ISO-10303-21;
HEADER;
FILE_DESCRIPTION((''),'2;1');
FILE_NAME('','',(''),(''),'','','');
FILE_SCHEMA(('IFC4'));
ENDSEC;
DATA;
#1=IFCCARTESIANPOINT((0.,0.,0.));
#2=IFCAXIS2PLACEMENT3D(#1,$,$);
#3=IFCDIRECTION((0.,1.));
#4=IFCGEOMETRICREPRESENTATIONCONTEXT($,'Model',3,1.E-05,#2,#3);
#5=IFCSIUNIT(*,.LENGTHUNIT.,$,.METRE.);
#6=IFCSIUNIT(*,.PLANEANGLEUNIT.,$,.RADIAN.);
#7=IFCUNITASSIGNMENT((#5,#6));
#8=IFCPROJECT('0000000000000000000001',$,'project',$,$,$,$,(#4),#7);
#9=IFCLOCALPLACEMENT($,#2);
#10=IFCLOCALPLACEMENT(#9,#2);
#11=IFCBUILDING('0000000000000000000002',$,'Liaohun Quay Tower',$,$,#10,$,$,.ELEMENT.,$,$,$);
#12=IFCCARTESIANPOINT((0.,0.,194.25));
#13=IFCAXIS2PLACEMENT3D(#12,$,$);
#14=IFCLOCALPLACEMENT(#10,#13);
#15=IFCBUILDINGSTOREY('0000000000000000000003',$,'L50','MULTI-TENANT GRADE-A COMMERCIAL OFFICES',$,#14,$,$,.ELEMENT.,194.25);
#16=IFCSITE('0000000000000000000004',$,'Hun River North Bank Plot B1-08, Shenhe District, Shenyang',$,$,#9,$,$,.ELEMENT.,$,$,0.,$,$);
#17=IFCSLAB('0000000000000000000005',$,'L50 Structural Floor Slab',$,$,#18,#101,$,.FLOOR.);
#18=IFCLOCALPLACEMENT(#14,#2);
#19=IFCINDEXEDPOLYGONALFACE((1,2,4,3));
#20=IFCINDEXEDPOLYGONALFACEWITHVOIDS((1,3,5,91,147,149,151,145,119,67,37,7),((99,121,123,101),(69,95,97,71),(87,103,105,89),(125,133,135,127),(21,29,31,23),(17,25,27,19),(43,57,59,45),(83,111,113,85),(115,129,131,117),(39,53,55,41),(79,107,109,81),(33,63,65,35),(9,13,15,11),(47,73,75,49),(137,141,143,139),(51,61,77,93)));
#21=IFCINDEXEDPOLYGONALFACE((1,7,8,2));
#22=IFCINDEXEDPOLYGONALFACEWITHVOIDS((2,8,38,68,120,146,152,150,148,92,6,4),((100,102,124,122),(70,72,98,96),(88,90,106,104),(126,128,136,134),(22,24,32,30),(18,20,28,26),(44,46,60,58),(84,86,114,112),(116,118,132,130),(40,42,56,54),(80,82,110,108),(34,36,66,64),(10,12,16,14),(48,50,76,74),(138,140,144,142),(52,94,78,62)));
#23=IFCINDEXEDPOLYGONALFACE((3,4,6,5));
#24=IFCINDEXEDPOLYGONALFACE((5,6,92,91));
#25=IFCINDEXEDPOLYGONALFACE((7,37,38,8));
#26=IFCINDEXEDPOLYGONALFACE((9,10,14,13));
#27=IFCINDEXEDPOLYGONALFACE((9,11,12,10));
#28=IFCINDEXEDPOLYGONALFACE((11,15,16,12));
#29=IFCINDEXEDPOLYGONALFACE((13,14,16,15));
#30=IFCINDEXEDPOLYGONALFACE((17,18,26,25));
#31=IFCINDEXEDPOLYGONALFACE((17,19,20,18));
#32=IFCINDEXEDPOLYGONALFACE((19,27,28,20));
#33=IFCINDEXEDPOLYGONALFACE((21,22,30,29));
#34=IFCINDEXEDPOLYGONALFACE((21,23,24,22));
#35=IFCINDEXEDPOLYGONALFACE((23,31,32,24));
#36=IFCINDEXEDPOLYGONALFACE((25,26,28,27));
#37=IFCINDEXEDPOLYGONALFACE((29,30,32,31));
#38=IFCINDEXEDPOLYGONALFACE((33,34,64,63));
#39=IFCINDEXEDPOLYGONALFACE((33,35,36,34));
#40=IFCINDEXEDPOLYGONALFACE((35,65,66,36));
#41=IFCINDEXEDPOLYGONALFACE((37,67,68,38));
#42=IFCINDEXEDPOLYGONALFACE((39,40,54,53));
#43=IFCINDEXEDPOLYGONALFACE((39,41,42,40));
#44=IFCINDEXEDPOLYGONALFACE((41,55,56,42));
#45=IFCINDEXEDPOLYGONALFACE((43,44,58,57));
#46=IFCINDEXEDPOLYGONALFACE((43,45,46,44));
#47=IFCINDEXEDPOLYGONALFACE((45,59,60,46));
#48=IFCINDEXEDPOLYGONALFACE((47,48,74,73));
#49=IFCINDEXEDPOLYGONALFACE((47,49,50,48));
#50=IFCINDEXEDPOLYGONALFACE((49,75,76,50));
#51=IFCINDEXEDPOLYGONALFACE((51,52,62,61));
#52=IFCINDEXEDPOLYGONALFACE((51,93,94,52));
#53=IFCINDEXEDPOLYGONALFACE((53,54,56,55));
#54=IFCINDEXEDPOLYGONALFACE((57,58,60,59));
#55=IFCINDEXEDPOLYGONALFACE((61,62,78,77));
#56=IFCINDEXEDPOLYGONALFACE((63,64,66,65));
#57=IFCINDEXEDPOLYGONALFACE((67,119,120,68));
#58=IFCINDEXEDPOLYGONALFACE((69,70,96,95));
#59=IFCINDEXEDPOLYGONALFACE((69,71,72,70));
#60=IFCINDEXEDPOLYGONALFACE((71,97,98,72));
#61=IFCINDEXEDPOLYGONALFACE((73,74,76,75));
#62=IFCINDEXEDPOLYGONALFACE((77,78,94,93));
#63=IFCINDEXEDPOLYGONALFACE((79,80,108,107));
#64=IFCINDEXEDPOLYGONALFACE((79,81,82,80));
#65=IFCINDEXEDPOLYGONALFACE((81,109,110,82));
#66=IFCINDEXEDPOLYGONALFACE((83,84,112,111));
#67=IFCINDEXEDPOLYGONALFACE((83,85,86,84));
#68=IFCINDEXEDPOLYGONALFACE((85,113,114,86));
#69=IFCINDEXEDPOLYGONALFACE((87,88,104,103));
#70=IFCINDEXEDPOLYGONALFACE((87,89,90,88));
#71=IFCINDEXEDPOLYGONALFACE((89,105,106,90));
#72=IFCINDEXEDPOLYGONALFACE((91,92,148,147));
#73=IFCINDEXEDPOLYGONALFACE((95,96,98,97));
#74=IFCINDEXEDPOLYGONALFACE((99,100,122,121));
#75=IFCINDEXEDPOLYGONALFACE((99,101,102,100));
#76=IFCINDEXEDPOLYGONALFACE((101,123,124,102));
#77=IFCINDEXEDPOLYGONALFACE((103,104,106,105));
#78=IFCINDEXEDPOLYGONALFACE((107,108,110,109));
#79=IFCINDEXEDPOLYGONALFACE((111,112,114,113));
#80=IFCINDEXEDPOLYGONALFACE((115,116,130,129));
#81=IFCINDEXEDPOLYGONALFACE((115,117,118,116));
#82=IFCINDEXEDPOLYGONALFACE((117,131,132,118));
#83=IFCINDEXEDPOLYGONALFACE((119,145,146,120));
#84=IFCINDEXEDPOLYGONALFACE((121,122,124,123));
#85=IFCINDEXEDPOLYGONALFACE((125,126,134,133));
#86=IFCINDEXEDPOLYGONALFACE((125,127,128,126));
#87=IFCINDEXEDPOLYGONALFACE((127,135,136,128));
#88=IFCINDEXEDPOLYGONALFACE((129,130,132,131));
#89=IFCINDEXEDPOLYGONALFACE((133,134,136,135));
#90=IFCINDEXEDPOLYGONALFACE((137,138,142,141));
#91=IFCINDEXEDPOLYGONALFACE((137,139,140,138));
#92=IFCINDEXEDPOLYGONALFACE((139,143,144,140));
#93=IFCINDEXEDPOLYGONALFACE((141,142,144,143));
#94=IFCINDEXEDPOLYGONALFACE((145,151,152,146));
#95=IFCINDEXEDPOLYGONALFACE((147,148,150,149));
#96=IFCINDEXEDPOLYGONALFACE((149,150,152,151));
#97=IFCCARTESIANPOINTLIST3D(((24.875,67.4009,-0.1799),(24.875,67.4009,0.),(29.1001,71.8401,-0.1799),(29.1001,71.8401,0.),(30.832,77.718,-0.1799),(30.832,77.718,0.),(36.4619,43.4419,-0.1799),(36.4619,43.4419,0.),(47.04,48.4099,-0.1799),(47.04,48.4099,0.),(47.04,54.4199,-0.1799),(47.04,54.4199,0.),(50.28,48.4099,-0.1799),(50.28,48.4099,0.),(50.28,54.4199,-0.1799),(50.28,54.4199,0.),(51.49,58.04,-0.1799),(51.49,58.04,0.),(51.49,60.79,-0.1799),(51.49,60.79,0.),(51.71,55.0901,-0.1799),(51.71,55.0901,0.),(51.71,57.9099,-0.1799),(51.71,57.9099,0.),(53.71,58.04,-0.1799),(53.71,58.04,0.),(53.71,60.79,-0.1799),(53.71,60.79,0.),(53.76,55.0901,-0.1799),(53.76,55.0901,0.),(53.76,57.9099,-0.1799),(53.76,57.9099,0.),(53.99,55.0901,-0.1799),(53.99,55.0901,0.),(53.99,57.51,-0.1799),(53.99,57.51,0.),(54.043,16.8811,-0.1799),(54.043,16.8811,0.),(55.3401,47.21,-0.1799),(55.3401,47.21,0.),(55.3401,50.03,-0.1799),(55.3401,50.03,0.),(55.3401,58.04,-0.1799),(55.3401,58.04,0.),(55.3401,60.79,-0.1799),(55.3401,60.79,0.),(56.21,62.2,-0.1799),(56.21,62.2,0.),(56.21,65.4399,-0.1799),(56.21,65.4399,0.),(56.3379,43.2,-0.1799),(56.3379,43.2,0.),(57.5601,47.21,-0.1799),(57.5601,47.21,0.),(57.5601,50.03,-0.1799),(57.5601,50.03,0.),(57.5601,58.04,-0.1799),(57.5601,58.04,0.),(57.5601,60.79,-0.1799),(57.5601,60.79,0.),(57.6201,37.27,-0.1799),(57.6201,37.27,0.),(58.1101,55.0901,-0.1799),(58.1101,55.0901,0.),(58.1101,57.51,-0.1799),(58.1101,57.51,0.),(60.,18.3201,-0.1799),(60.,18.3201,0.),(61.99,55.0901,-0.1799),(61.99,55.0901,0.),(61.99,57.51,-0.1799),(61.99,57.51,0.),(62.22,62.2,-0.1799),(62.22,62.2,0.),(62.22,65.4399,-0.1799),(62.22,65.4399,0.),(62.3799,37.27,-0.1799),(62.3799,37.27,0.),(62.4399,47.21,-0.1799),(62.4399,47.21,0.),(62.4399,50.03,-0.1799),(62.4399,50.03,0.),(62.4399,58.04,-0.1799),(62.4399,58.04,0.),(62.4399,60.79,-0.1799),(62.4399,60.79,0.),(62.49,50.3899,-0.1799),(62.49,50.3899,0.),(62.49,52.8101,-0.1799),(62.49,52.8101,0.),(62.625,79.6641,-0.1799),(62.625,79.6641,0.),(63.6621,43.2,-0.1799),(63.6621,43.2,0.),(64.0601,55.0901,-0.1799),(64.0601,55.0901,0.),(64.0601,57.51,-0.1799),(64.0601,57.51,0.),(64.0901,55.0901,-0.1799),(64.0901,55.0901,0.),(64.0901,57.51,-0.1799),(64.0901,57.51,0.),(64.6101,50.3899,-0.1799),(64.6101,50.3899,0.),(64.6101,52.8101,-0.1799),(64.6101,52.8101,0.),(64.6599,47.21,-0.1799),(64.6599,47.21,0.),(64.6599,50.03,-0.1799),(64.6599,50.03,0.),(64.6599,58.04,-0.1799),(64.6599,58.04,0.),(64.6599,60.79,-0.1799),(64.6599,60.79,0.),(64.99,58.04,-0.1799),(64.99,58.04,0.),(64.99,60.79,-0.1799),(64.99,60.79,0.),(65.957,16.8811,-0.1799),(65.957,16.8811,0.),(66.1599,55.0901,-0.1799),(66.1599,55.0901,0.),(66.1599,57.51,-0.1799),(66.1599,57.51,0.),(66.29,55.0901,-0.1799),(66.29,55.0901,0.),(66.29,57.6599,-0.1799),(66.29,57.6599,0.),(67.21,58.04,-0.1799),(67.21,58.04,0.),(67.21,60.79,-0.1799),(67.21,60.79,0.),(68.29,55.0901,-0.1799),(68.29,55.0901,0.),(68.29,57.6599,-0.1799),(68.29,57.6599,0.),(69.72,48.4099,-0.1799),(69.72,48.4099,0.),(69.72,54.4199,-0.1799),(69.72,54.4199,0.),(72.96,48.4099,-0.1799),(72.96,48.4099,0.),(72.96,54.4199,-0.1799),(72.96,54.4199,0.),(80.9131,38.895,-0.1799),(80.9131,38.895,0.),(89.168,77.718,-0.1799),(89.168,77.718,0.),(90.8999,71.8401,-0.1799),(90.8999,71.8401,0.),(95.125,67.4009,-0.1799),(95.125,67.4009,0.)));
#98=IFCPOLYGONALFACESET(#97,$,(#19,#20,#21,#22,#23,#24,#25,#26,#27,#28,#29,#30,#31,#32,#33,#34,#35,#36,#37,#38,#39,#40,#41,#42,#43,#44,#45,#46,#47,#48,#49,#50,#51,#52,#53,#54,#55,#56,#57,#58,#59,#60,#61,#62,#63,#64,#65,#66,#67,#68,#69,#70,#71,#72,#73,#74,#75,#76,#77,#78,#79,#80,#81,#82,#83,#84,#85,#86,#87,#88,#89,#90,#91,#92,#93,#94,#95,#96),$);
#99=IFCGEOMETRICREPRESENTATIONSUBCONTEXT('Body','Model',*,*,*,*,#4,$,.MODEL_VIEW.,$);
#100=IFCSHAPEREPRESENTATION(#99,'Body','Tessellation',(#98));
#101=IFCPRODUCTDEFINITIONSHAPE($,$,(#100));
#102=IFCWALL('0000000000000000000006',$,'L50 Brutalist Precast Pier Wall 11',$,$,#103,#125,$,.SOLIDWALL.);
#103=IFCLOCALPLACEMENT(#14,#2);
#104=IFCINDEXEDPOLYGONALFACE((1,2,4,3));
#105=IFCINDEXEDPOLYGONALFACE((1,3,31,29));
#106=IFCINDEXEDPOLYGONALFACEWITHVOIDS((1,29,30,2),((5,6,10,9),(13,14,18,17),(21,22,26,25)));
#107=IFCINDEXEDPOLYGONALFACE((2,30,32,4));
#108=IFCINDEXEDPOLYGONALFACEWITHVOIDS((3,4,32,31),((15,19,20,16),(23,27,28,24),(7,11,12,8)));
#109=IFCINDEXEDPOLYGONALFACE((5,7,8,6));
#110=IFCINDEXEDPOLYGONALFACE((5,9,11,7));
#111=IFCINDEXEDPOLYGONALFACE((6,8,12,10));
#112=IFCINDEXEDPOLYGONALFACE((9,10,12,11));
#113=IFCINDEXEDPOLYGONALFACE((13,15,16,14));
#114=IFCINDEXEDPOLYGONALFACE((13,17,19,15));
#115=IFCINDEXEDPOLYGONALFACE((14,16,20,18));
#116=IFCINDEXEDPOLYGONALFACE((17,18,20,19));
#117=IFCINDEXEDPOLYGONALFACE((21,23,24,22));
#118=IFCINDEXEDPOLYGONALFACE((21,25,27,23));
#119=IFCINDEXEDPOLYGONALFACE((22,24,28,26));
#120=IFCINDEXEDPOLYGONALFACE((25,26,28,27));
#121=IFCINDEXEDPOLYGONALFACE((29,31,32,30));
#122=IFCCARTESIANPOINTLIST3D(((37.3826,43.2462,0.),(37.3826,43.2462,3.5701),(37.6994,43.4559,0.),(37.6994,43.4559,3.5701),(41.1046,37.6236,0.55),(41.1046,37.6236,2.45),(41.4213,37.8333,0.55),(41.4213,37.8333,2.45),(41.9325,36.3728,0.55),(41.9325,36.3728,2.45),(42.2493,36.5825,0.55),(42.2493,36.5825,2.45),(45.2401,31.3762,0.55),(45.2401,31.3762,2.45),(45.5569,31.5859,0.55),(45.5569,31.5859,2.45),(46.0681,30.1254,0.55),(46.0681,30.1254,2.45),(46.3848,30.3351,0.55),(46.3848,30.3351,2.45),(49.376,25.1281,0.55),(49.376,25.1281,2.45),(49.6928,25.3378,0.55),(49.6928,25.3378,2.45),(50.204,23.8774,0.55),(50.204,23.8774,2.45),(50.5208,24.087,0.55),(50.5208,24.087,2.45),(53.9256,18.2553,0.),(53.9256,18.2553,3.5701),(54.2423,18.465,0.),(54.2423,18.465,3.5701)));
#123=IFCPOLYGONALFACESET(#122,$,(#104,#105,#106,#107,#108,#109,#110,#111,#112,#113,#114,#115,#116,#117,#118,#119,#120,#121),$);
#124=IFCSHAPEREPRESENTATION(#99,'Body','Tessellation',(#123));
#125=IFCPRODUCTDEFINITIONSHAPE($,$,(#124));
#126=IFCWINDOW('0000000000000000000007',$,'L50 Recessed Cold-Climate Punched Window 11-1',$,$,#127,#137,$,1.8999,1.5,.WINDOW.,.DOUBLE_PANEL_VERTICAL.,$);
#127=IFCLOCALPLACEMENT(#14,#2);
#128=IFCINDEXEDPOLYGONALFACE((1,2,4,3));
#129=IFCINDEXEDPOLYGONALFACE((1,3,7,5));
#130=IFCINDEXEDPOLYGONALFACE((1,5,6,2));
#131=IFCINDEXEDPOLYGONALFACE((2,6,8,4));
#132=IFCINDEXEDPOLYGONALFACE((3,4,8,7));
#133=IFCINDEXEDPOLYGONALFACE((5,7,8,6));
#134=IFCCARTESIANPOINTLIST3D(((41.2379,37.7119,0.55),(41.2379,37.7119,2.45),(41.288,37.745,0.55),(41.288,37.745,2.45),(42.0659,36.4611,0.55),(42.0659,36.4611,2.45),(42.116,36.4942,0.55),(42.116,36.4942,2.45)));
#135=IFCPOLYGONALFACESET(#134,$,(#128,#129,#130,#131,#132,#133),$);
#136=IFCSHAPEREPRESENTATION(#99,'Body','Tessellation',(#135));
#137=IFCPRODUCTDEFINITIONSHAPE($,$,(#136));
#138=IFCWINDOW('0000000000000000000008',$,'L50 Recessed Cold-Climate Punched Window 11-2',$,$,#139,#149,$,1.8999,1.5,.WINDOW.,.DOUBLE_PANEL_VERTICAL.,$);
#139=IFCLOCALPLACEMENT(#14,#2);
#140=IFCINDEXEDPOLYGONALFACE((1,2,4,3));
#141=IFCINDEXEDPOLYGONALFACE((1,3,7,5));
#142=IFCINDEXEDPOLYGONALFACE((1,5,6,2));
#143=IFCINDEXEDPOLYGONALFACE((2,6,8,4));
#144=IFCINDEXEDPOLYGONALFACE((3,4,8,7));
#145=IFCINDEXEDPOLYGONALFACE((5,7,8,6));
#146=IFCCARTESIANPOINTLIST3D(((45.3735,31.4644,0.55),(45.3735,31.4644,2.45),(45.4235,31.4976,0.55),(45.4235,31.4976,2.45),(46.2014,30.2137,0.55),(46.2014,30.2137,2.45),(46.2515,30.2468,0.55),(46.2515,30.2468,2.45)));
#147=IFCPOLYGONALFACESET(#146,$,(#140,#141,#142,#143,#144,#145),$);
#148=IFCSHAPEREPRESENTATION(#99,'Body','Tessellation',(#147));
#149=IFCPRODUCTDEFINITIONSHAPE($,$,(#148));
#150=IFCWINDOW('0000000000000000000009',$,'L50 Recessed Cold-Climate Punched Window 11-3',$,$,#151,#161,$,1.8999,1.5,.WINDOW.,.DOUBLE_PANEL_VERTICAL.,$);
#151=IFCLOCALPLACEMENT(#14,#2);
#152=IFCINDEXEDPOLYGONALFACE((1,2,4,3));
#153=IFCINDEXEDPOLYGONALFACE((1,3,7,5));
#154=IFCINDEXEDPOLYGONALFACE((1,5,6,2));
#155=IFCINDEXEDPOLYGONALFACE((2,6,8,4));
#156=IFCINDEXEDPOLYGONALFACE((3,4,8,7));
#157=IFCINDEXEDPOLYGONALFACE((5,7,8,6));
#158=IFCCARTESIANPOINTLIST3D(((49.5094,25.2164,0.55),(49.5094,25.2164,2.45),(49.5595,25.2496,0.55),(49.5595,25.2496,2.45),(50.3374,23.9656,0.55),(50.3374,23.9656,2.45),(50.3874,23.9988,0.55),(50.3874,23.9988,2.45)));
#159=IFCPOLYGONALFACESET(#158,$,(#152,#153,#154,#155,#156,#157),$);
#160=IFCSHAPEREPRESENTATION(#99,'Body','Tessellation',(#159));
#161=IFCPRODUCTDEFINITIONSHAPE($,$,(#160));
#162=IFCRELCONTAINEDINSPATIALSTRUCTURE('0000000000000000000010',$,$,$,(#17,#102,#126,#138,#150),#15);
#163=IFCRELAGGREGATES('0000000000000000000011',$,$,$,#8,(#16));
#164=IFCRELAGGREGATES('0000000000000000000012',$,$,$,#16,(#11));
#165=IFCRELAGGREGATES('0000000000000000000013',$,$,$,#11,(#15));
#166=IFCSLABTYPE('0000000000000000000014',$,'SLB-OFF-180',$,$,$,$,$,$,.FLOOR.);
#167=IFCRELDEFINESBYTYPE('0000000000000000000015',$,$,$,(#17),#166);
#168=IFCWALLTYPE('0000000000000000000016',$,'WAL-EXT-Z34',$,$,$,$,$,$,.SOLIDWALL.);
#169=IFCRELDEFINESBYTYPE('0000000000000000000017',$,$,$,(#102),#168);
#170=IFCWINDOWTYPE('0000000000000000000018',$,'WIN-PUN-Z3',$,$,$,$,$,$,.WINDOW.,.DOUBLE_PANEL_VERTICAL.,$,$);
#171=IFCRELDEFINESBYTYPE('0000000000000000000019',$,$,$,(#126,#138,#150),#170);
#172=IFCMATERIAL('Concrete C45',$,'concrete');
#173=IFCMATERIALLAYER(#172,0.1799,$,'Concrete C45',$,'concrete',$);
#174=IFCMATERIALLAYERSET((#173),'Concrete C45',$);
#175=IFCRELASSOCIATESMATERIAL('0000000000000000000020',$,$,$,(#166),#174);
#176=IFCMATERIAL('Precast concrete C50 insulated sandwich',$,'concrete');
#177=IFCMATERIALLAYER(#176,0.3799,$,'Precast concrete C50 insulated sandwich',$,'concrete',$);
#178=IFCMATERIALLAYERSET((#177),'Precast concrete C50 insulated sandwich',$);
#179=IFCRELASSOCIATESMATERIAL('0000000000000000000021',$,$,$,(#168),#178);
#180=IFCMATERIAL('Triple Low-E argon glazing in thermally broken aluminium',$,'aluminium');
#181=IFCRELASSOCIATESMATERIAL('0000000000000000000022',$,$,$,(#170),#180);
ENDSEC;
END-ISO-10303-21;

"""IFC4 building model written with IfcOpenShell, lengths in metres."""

from ifc_helpers import new_model, si_unit, direction, frame, frame_2d, origin, place, context, subcontext, project, spatial, polyline, rectangle, outline, extrude, source, transform, mapped, material, layer, layer_set, type_object, element, fill, save


model = new_model("IFC4")

# Units and contexts
model_context = context("Model", 3, precision=1e-05, world=origin(), true_north=direction((0.0, 1.0)))
body_context = subcontext(model_context, "Body", "Model", "MODEL_VIEW")
ifc_project = project(units=[si_unit("LENGTHUNIT", "METRE"), si_unit("PLANEANGLEUNIT", "RADIAN")], contexts=[model_context])

# Site, building, storey
site_placement = place(None, origin())
site = spatial("IfcSite", under=ifc_project, at=site_placement, Name="Hun River North Bank Plot B1-08, Shenhe District, Shenyang", CompositionType="ELEMENT", RefElevation=0.0)
building_placement = place(site_placement, origin())
building = spatial("IfcBuilding", under=site, at=building_placement, Name="Liaohun Quay Tower", CompositionType="ELEMENT")
storey_placement = place(building_placement, frame((0.0, 0.0, 194.25)))
storey = spatial("IfcBuildingStorey", under=building, at=storey_placement, Name="L50", Description="MULTI-TENANT GRADE-A COMMERCIAL OFFICES", CompositionType="ELEMENT", Elevation=194.25)

# Shared definitions
ifc_material_1 = material(Name="Concrete C45", Category="concrete")

# Slab
ifc_layer_1 = layer(ifc_material_1, 0.1799, Name="Concrete C45", Category="concrete")
ifc_layer_set_1 = layer_set([ifc_layer_1], Name="Concrete C45")
slab_type_1 = type_object("IfcSlabType", Name="SLB-OFF-180", PredefinedType="FLOOR", material=ifc_layer_set_1)
slab_1_placement = place(storey_placement, frame((0.0, 0.0, -0.1799)))
element("IfcSlab", 1, at=slab_1_placement, inside=storey, type_object=slab_type_1, Name="L50 Structural Floor Slab", PredefinedType="FLOOR", context=body_context, shape_type="SweptSolid", body=[
    extrude(outline(polyline([(54.043, 16.8811), (60.0, 18.3201), (65.957, 16.8811), (80.9131, 38.895), (95.125, 67.4009), (90.8999, 71.8401), (89.168, 77.718), (62.625, 79.6641), (30.832, 77.718), (29.1001, 71.8401), (24.875, 67.4009), (36.4619, 43.4419), (54.043, 16.8811)]), holes=[polyline([(62.3799, 37.27), (63.6621, 43.2), (56.3379, 43.2), (57.6201, 37.27), (62.3799, 37.27)]), polyline([(57.5601, 47.21), (57.5601, 50.03), (55.3401, 50.03), (55.3401, 47.21), (57.5601, 47.21)]), polyline([(50.28, 54.4199), (47.04, 54.4199), (47.04, 48.4099), (50.28, 48.4099), (50.28, 54.4199)]), polyline([(53.99, 55.0901), (58.1101, 55.0901), (58.1101, 57.51), (53.99, 57.51), (53.99, 55.0901)]), polyline([(53.76, 55.0901), (53.76, 57.9099), (51.71, 57.9099), (51.71, 55.0901), (53.76, 55.0901)]), polyline([(53.71, 58.04), (53.71, 60.79), (51.49, 60.79), (51.49, 58.04), (53.71, 58.04)]), polyline([(57.5601, 58.04), (57.5601, 60.79), (55.3401, 60.79), (55.3401, 58.04), (57.5601, 58.04)]), polyline([(62.22, 62.2), (62.22, 65.4399), (56.21, 65.4399), (56.21, 62.2), (62.22, 62.2)]), polyline([(64.6599, 47.21), (64.6599, 50.03), (62.4399, 50.03), (62.4399, 47.21), (64.6599, 47.21)]), polyline([(72.96, 54.4199), (69.72, 54.4199), (69.72, 48.4099), (72.96, 48.4099), (72.96, 54.4199)]), polyline([(64.6101, 50.3899), (64.6101, 52.8101), (62.49, 52.8101), (62.49, 50.3899), (64.6101, 50.3899)]), polyline([(64.0601, 55.0901), (64.0601, 57.51), (61.99, 57.51), (61.99, 55.0901), (64.0601, 55.0901)]), polyline([(66.1599, 55.0901), (66.1599, 57.51), (64.0901, 57.51), (64.0901, 55.0901), (66.1599, 55.0901)]), polyline([(68.29, 55.0901), (68.29, 57.6599), (66.29, 57.6599), (66.29, 55.0901), (68.29, 55.0901)]), polyline([(62.4399, 58.04), (64.6599, 58.04), (64.6599, 60.79), (62.4399, 60.79), (62.4399, 58.04)]), polyline([(64.99, 58.04), (67.21, 58.04), (67.21, 60.79), (64.99, 60.79), (64.99, 58.04)])]), origin(), (0.0, 0.0, 1.0), 0.1799),
])

# Wall, openings, windows
ifc_material_2 = material(Name="Precast concrete C50 insulated sandwich", Category="concrete")
ifc_layer_2 = layer(ifc_material_2, 0.3799, Name="Precast concrete C50 insulated sandwich", Category="concrete")
ifc_layer_set_2 = layer_set([ifc_layer_2], Name="Precast concrete C50 insulated sandwich")
wall_type_1 = type_object("IfcWallType", Name="WAL-EXT-Z34", PredefinedType="SOLIDWALL", material=ifc_layer_set_2)
wall_1_placement = place(storey_placement, frame((37.541, 43.3511, 0.0), z_axis=(0.0, 0.0, 1.0), x_axis=(0.551979, -0.833858, 0.0)))
wall_1 = element("IfcWall", 2, at=wall_1_placement, inside=storey, type_object=wall_type_1, Name="L50 Brutalist Precast Pier Wall 11", PredefinedType="SOLIDWALL", context=body_context, shape_type="SweptSolid", body=[
    extrude(rectangle(XDim=29.9702, YDim=0.3799, at=frame_2d((14.9851, 0.0))), origin(), (0.0, 0.0, 1.0), 3.5701),
])
shared_shape_1 = source(origin(), body_context, "Body", "SweptSolid", [
    extrude(rectangle(XDim=1.5, YDim=1.8999, at=frame_2d((0.75, 0.95))), frame((0.0, 0.2, 0.0), z_axis=(0.0, -1.0, 0.0), x_axis=(1.0, 0.0, 0.0)), (0.0, 0.0, 1.0), 0.3999),
])
opening_1_placement = place(wall_1_placement, frame((6.7429, 0.0, 0.55)))
opening_1 = element("IfcOpeningElement", 3, at=opening_1_placement, cuts=wall_1, PredefinedType="OPENING", context=body_context, shape_type="MappedRepresentation", body=[
    mapped(shared_shape_1, transform((0.0, 0.0, 0.0), x_axis=(1.0, 0.0, 0.0), y_axis=(0.0, 1.0, 0.0), z_axis=(0.0, 0.0, 1.0), scale=1.0)),
])
opening_2_placement = place(wall_1_placement, frame((14.2351, 0.0, 0.55)))
opening_2 = element("IfcOpeningElement", 4, at=opening_2_placement, cuts=wall_1, PredefinedType="OPENING", context=body_context, shape_type="MappedRepresentation", body=[
    mapped(shared_shape_1, transform((0.0, 0.0, 0.0), x_axis=(1.0, 0.0, 0.0), y_axis=(0.0, 1.0, 0.0), z_axis=(0.0, 0.0, 1.0), scale=1.0)),
])
opening_3_placement = place(wall_1_placement, frame((21.728, 0.0, 0.55)))
opening_3 = element("IfcOpeningElement", 5, at=opening_3_placement, cuts=wall_1, PredefinedType="OPENING", context=body_context, shape_type="MappedRepresentation", body=[
    mapped(shared_shape_1, transform((0.0, 0.0, 0.0), x_axis=(1.0, 0.0, 0.0), y_axis=(0.0, 1.0, 0.0), z_axis=(0.0, 0.0, 1.0), scale=1.0)),
])
ifc_material_3 = material(Name="Triple Low-E argon glazing in thermally broken aluminium", Category="aluminium")
window_type = type_object("IfcWindowType", Name="WIN-PUN-Z3", PartitioningType="DOUBLE_PANEL_VERTICAL", PredefinedType="WINDOW", material=ifc_material_3)
shared_shape_2 = source(origin(), body_context, "Body", "SweptSolid", [
    extrude(rectangle(XDim=1.5, YDim=1.8999, at=frame_2d((0.75, 0.95))), frame((0.0, 0.03, 0.0), z_axis=(0.0, -1.0, 0.0), x_axis=(1.0, 0.0, 0.0)), (0.0, 0.0, 1.0), 0.0601),
])
window_1_placement = place(opening_1_placement, origin())
window_1 = element("IfcWindow", 6, at=window_1_placement, inside=storey, type_object=window_type, Name="L50 Recessed Cold-Climate Punched Window 11-1", OverallHeight=1.8999, OverallWidth=1.5, PartitioningType="DOUBLE_PANEL_VERTICAL", PredefinedType="WINDOW", context=body_context, shape_type="MappedRepresentation", body=[
    mapped(shared_shape_2, transform((0.0, 0.0, 0.0), x_axis=(1.0, 0.0, 0.0), y_axis=(0.0, 1.0, 0.0), z_axis=(0.0, 0.0, 1.0), scale=1.0)),
])
fill(opening_1, window_1)
window_2_placement = place(opening_2_placement, origin())
window_2 = element("IfcWindow", 7, at=window_2_placement, inside=storey, type_object=window_type, Name="L50 Recessed Cold-Climate Punched Window 11-2", OverallHeight=1.8999, OverallWidth=1.5, PartitioningType="DOUBLE_PANEL_VERTICAL", PredefinedType="WINDOW", context=body_context, shape_type="MappedRepresentation", body=[
    mapped(shared_shape_2, transform((0.0, 0.0, 0.0), x_axis=(1.0, 0.0, 0.0), y_axis=(0.0, 1.0, 0.0), z_axis=(0.0, 0.0, 1.0), scale=1.0)),
])
fill(opening_2, window_2)
window_3_placement = place(opening_3_placement, origin())
window_3 = element("IfcWindow", 8, at=window_3_placement, inside=storey, type_object=window_type, Name="L50 Recessed Cold-Climate Punched Window 11-3", OverallHeight=1.8999, OverallWidth=1.5, PartitioningType="DOUBLE_PANEL_VERTICAL", PredefinedType="WINDOW", context=body_context, shape_type="MappedRepresentation", body=[
    mapped(shared_shape_2, transform((0.0, 0.0, 0.0), x_axis=(1.0, 0.0, 0.0), y_axis=(0.0, 1.0, 0.0), z_axis=(0.0, 0.0, 1.0), scale=1.0)),
])
fill(opening_3, window_3)

save(model, "model.ifc")
